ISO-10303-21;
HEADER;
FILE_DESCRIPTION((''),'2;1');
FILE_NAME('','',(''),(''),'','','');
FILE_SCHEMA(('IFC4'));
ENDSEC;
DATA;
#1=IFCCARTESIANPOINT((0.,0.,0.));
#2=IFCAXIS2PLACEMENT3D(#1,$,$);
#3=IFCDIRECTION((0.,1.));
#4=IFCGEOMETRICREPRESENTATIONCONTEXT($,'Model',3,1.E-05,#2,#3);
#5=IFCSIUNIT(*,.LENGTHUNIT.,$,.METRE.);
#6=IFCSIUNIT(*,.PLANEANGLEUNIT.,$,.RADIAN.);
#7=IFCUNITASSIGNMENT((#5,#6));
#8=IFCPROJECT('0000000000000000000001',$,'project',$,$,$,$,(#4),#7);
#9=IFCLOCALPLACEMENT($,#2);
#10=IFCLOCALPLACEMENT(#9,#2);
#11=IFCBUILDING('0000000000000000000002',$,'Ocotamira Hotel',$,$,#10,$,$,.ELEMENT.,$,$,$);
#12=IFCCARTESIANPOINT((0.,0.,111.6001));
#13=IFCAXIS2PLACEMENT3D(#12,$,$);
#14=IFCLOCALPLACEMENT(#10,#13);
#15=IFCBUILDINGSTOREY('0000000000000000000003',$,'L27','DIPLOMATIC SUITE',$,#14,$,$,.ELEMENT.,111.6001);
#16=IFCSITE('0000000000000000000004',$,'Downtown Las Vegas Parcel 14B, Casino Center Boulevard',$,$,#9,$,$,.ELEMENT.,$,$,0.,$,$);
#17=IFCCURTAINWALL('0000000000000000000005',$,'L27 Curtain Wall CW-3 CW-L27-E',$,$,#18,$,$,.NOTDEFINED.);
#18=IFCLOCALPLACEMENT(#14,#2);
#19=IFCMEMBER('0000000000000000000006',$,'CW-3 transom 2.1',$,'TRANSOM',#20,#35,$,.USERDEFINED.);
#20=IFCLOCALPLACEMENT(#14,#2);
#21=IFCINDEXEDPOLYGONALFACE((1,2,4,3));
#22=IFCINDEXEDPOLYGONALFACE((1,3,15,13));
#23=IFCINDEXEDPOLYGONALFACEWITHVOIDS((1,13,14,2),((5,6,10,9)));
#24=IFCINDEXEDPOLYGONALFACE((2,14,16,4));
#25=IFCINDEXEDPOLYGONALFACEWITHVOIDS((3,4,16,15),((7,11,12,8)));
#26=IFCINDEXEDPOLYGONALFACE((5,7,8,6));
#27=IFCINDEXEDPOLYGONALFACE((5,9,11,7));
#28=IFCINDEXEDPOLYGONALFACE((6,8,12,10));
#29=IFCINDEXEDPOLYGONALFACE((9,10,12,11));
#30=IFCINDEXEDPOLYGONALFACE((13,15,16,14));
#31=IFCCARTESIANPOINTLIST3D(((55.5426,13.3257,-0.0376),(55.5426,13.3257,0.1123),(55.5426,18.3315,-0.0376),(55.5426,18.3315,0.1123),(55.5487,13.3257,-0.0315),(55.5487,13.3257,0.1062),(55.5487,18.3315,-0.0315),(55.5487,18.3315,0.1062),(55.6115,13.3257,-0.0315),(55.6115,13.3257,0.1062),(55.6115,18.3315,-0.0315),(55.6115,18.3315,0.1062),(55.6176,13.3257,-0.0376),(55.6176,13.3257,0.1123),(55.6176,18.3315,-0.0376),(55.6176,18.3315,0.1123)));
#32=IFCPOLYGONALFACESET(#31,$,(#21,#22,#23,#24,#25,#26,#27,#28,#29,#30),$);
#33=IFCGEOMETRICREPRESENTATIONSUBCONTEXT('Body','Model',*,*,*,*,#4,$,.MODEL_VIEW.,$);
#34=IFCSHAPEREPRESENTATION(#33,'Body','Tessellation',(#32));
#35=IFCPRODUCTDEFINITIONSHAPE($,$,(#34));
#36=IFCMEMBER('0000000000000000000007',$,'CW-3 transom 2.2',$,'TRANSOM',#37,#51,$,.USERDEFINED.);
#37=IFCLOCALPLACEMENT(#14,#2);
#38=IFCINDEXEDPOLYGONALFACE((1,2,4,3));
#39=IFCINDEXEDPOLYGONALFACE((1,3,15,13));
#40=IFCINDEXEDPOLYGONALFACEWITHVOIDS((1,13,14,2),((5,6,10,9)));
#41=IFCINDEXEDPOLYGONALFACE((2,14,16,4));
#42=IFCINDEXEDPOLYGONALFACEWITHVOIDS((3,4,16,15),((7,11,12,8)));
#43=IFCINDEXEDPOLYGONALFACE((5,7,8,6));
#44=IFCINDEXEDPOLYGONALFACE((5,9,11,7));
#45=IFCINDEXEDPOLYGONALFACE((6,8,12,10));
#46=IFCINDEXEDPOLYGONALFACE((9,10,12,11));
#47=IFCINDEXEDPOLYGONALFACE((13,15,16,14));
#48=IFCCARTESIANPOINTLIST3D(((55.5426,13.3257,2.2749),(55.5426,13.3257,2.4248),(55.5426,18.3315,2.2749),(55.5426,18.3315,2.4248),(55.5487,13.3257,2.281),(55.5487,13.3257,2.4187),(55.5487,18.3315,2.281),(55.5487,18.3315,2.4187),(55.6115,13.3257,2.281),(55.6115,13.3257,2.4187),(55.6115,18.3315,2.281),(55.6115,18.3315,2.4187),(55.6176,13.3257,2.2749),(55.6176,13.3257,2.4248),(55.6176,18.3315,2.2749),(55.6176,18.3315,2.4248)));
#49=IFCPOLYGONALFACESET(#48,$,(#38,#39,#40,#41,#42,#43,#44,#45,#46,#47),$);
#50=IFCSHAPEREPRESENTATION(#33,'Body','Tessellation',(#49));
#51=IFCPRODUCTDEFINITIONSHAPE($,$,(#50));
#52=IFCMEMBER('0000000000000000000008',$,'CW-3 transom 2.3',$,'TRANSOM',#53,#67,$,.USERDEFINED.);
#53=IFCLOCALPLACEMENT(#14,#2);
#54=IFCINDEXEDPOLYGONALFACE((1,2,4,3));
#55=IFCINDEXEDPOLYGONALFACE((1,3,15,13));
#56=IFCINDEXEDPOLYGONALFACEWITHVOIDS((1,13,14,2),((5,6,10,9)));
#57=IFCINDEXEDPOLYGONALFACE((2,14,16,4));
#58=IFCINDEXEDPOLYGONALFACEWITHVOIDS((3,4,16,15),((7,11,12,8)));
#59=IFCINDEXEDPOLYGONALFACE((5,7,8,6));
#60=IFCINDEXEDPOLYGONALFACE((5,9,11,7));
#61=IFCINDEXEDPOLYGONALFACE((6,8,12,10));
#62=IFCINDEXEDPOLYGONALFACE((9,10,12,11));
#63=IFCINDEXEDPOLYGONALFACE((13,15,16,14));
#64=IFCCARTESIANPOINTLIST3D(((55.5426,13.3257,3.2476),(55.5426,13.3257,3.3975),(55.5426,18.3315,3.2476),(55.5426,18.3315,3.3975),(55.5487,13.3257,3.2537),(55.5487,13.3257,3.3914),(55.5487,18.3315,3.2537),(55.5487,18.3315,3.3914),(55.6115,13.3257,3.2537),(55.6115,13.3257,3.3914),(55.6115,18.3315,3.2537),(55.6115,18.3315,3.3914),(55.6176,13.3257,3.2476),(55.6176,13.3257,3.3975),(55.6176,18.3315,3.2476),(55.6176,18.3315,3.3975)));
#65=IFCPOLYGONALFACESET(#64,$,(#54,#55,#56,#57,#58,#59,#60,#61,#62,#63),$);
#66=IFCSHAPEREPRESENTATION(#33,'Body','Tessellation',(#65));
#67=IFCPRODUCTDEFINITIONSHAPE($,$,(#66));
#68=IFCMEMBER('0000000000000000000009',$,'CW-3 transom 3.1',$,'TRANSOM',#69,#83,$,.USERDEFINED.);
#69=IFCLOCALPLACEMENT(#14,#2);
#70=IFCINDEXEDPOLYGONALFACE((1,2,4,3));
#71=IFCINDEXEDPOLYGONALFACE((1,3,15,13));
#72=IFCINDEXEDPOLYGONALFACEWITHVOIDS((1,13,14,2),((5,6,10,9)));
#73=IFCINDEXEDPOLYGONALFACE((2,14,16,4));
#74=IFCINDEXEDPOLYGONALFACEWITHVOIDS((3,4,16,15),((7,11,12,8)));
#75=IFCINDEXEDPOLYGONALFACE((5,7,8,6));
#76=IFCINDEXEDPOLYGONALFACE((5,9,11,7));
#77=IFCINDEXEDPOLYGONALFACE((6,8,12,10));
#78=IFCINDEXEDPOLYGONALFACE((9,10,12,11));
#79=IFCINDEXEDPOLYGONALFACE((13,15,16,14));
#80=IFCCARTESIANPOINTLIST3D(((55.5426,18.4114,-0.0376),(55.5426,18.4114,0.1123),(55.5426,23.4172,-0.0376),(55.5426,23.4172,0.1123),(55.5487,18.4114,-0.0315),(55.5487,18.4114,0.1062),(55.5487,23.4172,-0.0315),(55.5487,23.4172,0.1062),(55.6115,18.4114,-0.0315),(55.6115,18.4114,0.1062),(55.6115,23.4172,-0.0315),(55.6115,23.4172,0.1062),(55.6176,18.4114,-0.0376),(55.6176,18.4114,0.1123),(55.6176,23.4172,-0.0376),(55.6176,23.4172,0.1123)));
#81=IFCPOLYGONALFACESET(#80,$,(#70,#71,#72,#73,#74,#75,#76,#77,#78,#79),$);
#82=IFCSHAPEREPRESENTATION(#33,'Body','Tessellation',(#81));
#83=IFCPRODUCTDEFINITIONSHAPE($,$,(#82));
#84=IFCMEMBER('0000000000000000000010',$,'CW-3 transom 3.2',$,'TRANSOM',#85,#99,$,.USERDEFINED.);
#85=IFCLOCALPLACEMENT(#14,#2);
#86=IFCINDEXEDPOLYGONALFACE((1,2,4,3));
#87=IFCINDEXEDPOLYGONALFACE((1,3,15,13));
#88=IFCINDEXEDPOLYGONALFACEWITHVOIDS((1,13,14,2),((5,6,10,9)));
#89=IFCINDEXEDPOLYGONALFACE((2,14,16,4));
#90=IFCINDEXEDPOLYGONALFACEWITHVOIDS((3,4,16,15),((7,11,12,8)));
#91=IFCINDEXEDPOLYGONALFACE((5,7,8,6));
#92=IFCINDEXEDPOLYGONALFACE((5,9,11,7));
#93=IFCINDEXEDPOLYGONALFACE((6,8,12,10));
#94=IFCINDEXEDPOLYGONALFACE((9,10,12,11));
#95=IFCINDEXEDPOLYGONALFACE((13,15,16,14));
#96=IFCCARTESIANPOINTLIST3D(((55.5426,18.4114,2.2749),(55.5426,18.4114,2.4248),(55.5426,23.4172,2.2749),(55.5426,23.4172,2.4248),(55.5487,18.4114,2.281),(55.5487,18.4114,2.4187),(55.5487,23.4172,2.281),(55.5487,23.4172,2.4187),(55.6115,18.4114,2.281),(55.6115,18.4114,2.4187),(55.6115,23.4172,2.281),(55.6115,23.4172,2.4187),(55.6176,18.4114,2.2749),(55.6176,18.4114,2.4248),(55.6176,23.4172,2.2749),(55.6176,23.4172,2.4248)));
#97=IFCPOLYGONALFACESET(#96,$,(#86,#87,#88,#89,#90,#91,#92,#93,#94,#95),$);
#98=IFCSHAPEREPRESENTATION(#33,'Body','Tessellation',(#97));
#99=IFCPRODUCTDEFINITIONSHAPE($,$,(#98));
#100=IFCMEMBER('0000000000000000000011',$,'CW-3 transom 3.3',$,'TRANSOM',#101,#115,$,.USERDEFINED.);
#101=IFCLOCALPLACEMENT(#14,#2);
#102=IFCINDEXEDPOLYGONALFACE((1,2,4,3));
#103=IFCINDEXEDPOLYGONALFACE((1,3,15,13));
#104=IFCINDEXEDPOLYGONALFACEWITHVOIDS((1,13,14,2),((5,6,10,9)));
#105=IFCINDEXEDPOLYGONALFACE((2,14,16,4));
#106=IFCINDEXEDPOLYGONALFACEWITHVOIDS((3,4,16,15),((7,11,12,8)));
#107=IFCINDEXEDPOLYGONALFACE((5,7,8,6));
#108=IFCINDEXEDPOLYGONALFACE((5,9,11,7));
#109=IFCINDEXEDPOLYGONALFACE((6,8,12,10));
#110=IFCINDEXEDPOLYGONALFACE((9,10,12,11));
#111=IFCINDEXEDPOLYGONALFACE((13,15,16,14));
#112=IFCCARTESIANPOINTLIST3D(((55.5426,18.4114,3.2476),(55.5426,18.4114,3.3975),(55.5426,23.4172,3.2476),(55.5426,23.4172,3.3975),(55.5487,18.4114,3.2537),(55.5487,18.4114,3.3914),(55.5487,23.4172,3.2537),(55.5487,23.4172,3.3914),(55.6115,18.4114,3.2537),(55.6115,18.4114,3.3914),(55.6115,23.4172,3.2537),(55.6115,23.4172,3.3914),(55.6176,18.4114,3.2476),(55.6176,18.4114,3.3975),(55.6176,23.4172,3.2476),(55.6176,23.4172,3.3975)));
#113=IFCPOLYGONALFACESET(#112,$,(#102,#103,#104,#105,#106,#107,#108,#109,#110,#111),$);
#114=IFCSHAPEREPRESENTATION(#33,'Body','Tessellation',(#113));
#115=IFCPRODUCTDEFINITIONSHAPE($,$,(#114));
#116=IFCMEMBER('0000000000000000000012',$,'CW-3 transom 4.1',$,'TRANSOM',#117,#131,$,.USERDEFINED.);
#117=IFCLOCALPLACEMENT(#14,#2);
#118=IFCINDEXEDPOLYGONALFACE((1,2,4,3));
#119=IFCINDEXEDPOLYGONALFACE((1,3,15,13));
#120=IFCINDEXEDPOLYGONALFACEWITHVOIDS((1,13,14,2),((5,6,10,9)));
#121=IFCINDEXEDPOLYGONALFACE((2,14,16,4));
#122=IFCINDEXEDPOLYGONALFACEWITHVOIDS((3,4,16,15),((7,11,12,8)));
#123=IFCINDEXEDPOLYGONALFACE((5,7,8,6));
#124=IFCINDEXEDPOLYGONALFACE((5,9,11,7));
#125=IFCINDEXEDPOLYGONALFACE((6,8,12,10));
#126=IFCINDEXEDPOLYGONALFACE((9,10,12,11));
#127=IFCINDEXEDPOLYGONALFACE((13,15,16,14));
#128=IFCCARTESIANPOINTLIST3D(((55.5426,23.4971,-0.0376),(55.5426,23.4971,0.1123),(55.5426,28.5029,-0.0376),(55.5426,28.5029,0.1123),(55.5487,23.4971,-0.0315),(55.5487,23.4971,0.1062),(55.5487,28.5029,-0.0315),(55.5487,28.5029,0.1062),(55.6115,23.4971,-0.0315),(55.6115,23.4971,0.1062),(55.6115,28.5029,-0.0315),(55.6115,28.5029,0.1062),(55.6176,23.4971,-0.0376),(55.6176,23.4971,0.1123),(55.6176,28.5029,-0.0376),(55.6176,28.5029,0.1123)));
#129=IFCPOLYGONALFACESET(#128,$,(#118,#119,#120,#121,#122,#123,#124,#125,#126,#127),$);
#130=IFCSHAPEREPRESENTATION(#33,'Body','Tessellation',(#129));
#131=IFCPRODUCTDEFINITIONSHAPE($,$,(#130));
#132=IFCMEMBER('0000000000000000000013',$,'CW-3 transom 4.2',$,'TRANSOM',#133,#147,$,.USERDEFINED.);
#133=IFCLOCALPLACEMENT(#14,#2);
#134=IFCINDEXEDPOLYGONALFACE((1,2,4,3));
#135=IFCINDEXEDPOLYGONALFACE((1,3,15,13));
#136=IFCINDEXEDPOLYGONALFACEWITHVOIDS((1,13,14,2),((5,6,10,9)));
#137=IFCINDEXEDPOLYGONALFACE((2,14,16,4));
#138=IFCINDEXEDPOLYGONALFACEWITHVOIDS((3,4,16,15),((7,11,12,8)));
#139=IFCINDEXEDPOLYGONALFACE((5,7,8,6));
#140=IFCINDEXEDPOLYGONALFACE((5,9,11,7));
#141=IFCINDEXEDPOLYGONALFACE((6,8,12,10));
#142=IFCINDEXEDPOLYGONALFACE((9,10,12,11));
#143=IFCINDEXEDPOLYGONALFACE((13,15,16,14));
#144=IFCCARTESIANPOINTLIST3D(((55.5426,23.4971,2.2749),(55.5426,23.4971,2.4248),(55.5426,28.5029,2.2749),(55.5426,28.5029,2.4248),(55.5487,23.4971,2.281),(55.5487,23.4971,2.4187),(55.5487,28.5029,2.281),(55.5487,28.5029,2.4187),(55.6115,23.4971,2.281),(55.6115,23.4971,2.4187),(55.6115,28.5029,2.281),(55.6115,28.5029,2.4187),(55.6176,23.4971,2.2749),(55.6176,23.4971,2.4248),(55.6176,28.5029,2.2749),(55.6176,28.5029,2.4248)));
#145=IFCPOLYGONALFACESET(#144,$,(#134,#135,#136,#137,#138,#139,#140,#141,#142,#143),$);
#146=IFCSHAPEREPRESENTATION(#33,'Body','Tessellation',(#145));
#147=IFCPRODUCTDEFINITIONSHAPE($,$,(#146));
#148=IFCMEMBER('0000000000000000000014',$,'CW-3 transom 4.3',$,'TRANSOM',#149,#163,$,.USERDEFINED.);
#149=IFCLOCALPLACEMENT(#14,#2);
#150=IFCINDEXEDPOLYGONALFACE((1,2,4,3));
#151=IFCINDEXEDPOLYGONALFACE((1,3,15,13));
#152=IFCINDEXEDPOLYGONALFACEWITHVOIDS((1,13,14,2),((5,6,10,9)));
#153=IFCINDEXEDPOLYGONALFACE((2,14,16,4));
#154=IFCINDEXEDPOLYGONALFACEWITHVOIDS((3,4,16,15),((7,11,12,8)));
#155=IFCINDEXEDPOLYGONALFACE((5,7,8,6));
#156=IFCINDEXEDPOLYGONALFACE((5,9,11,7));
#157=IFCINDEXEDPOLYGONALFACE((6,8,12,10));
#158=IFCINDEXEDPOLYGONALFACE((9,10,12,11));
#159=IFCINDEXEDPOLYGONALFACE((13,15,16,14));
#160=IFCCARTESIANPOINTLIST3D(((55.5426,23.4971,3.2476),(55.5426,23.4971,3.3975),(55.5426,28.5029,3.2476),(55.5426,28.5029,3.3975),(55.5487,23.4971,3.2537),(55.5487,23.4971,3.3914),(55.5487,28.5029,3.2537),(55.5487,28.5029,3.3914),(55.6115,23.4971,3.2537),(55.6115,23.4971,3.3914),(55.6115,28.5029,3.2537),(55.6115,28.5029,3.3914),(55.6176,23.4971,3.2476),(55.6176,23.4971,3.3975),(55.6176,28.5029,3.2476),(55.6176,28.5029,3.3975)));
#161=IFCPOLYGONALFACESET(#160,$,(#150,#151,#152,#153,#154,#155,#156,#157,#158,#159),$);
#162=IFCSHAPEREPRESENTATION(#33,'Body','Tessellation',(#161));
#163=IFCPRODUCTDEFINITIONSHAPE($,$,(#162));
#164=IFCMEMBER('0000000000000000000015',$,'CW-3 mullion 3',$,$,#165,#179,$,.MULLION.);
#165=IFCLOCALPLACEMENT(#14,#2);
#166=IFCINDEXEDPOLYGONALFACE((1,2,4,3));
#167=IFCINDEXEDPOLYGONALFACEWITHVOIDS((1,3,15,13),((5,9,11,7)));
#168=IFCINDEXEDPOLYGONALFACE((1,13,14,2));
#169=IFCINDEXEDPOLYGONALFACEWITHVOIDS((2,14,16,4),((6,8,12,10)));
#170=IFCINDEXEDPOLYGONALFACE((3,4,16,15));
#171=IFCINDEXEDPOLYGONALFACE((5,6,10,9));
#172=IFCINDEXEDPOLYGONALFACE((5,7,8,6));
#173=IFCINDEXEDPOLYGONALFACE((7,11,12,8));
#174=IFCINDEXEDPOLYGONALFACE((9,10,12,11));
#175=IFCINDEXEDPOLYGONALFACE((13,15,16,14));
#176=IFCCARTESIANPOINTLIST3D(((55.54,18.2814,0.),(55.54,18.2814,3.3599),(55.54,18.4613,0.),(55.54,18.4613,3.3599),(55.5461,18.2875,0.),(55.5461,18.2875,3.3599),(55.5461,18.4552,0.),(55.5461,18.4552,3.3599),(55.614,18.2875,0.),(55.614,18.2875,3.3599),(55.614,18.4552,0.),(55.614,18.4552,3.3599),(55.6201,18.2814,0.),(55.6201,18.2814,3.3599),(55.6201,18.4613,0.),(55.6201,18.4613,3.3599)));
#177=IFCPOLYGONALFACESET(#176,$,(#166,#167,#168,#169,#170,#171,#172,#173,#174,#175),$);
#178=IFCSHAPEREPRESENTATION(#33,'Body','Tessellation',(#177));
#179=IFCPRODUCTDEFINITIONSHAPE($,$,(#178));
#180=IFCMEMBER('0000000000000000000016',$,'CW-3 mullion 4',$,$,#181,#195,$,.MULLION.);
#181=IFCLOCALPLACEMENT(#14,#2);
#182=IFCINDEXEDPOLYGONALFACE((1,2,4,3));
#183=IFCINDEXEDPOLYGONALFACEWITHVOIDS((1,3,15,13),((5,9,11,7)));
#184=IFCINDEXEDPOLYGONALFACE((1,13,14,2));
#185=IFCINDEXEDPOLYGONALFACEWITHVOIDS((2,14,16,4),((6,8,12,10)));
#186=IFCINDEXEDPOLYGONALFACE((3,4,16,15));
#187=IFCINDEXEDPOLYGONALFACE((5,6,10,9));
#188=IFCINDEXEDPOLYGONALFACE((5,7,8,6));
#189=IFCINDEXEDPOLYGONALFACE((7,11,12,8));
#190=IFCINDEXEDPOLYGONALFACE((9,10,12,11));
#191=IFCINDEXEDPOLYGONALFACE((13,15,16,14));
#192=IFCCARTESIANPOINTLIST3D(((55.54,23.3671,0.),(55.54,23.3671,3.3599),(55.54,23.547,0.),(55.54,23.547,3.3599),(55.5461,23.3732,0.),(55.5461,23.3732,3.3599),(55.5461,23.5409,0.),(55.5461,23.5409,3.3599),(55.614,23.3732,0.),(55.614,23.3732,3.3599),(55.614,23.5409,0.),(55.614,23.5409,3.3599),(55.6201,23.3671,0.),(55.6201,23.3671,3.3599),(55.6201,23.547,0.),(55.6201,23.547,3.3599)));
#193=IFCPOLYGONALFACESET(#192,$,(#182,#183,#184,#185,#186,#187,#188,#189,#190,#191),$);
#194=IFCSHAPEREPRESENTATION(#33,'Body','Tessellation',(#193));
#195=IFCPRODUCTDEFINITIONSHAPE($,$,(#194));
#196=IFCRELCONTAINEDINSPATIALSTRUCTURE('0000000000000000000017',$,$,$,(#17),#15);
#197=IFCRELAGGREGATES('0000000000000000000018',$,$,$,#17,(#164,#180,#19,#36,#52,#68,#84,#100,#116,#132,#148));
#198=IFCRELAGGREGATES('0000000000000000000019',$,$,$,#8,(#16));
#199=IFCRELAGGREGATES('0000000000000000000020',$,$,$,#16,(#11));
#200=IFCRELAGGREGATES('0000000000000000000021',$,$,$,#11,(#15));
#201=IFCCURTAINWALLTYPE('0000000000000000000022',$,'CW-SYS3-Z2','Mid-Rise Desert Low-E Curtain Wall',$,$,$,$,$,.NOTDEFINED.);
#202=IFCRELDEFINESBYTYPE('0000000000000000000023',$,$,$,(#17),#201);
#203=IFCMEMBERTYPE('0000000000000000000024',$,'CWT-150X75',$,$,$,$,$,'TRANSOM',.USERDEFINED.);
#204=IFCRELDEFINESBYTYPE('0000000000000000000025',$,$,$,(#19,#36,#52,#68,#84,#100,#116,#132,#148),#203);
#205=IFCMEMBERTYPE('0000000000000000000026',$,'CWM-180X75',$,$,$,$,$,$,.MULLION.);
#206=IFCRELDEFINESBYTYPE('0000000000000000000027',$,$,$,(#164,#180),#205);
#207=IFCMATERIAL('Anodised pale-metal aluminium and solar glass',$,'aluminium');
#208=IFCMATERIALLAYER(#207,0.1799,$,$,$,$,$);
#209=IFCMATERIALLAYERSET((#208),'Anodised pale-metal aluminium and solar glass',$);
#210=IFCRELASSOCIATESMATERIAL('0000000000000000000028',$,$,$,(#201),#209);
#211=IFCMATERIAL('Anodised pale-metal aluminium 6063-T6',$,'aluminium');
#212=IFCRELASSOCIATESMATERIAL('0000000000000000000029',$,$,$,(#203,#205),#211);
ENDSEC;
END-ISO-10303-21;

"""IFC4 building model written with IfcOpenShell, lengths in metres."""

from ifc_helpers import new_model, si_unit, direction, frame, origin, origin_2d, place, context, subcontext, project, spatial, hollow_rectangle, extrude, source, transform, mapped, material, layer, layer_set, material_profile, profile_set, type_object, element, aggregate, save


model = new_model("IFC4")

# Units and contexts
model_context = context("Model", 3, precision=1e-05, world=origin(), true_north=direction((0.0, 1.0)))
body_context = subcontext(model_context, "Body", "Model", "MODEL_VIEW")
ifc_project = project(units=[si_unit("LENGTHUNIT", "METRE"), si_unit("PLANEANGLEUNIT", "RADIAN")], contexts=[model_context])

# Site, building, storey
site_placement = place(None, origin())
site = spatial("IfcSite", under=ifc_project, at=site_placement, Name="Downtown Las Vegas Parcel 14B, Casino Center Boulevard", CompositionType="ELEMENT", RefElevation=0.0)
building_placement = place(site_placement, origin())
building = spatial("IfcBuilding", under=site, at=building_placement, Name="Ocotamira Hotel", CompositionType="ELEMENT")
storey_placement = place(building_placement, frame((0.0, 0.0, 111.6001)))
storey = spatial("IfcBuildingStorey", under=building, at=storey_placement, Name="L27", Description="DIPLOMATIC SUITE", CompositionType="ELEMENT", Elevation=111.6001)

# Curtain wall, members
ifc_material_1 = material(Name="Anodised pale-metal aluminium and solar glass", Category="aluminium")
ifc_layer_1 = layer(ifc_material_1, 0.1799)
ifc_layer_set_1 = layer_set([ifc_layer_1], Name="Anodised pale-metal aluminium and solar glass")
curtain_wall_type = type_object("IfcCurtainWallType", Name="CW-SYS3-Z2", Description="Mid-Rise Desert Low-E Curtain Wall", PredefinedType="NOTDEFINED", material=ifc_layer_set_1)
curtain_wall_placement = place(storey_placement, origin())
curtain_wall = element("IfcCurtainWall", 1, at=curtain_wall_placement, inside=storey, type_object=curtain_wall_type, Name="L27 Curtain Wall CW-3 CW-L27-E", PredefinedType="NOTDEFINED")
ifc_material_2 = material(Name="Anodised pale-metal aluminium 6063-T6", Category="aluminium")
ifc_material_profile_1 = material_profile(ifc_material_2, hollow_rectangle(XDim=0.075, YDim=0.1499, WallThickness=0.0061, at=origin_2d()), Name="HSS150X75X6")
ifc_profile_set_1 = profile_set([ifc_material_profile_1], Name="Anodised pale-metal aluminium 6063-T6")
member_type_1 = type_object("IfcMemberType", Name="CWT-150X75", ElementType="TRANSOM", PredefinedType="USERDEFINED", material=ifc_profile_set_1)
shared_shape_1 = source(origin(), body_context, "Body", "SweptSolid", [
    extrude(hollow_rectangle(XDim=0.075, YDim=0.1499, WallThickness=0.0061, at=origin_2d()), origin(), (0.0, 0.0, 1.0), 5.0059),
])
member_1_placement = place(storey_placement, frame((55.5801, 13.3257, 0.0374), z_axis=(0.0, 1.0, 0.0), x_axis=(-1.0, 0.0, 0.0)))
member_1 = element("IfcMember", 2, at=member_1_placement, type_object=member_type_1, Name="CW-3 transom 2.1", ObjectType="TRANSOM", PredefinedType="USERDEFINED", context=body_context, shape_type="MappedRepresentation", body=[
    mapped(shared_shape_1, transform((0.0, 0.0, 0.0), scale=1.0)),
])
member_2_placement = place(storey_placement, frame((55.5801, 13.3257, 2.3499), z_axis=(0.0, 1.0, 0.0), x_axis=(-1.0, 0.0, 0.0)))
member_2 = element("IfcMember", 3, at=member_2_placement, type_object=member_type_1, Name="CW-3 transom 2.2", ObjectType="TRANSOM", PredefinedType="USERDEFINED", context=body_context, shape_type="MappedRepresentation", body=[
    mapped(shared_shape_1, transform((0.0, 0.0, 0.0), scale=1.0)),
])
member_3_placement = place(storey_placement, frame((55.5801, 13.3257, 3.3225), z_axis=(0.0, 1.0, 0.0), x_axis=(-1.0, 0.0, 0.0)))
member_3 = element("IfcMember", 4, at=member_3_placement, type_object=member_type_1, Name="CW-3 transom 2.3", ObjectType="TRANSOM", PredefinedType="USERDEFINED", context=body_context, shape_type="MappedRepresentation", body=[
    mapped(shared_shape_1, transform((0.0, 0.0, 0.0), scale=1.0)),
])
member_4_placement = place(storey_placement, frame((55.5801, 18.4114, 0.0374), z_axis=(0.0, 1.0, 0.0), x_axis=(-1.0, 0.0, 0.0)))
member_4 = element("IfcMember", 5, at=member_4_placement, type_object=member_type_1, Name="CW-3 transom 3.1", ObjectType="TRANSOM", PredefinedType="USERDEFINED", context=body_context, shape_type="MappedRepresentation", body=[
    mapped(shared_shape_1, transform((0.0, 0.0, 0.0), scale=1.0)),
])
member_5_placement = place(storey_placement, frame((55.5801, 18.4114, 2.3499), z_axis=(0.0, 1.0, 0.0), x_axis=(-1.0, 0.0, 0.0)))
member_5 = element("IfcMember", 6, at=member_5_placement, type_object=member_type_1, Name="CW-3 transom 3.2", ObjectType="TRANSOM", PredefinedType="USERDEFINED", context=body_context, shape_type="MappedRepresentation", body=[
    mapped(shared_shape_1, transform((0.0, 0.0, 0.0), scale=1.0)),
])
member_6_placement = place(storey_placement, frame((55.5801, 18.4114, 3.3225), z_axis=(0.0, 1.0, 0.0), x_axis=(-1.0, 0.0, 0.0)))
member_6 = element("IfcMember", 7, at=member_6_placement, type_object=member_type_1, Name="CW-3 transom 3.3", ObjectType="TRANSOM", PredefinedType="USERDEFINED", context=body_context, shape_type="MappedRepresentation", body=[
    mapped(shared_shape_1, transform((0.0, 0.0, 0.0), scale=1.0)),
])
member_7_placement = place(storey_placement, frame((55.5801, 23.4971, 0.0374), z_axis=(0.0, 1.0, 0.0), x_axis=(-1.0, 0.0, 0.0)))
member_7 = element("IfcMember", 8, at=member_7_placement, type_object=member_type_1, Name="CW-3 transom 4.1", ObjectType="TRANSOM", PredefinedType="USERDEFINED", context=body_context, shape_type="MappedRepresentation", body=[
    mapped(shared_shape_1, transform((0.0, 0.0, 0.0), scale=1.0)),
])
member_8_placement = place(storey_placement, frame((55.5801, 23.4971, 2.3499), z_axis=(0.0, 1.0, 0.0), x_axis=(-1.0, 0.0, 0.0)))
member_8 = element("IfcMember", 9, at=member_8_placement, type_object=member_type_1, Name="CW-3 transom 4.2", ObjectType="TRANSOM", PredefinedType="USERDEFINED", context=body_context, shape_type="MappedRepresentation", body=[
    mapped(shared_shape_1, transform((0.0, 0.0, 0.0), scale=1.0)),
])
member_9_placement = place(storey_placement, frame((55.5801, 23.4971, 3.3225), z_axis=(0.0, 1.0, 0.0), x_axis=(-1.0, 0.0, 0.0)))
member_9 = element("IfcMember", 10, at=member_9_placement, type_object=member_type_1, Name="CW-3 transom 4.3", ObjectType="TRANSOM", PredefinedType="USERDEFINED", context=body_context, shape_type="MappedRepresentation", body=[
    mapped(shared_shape_1, transform((0.0, 0.0, 0.0), scale=1.0)),
])
ifc_material_profile_2 = material_profile(ifc_material_2, hollow_rectangle(XDim=0.0801, YDim=0.1799, WallThickness=0.0061, at=origin_2d()), Name="HSS180X80X6")
ifc_profile_set_2 = profile_set([ifc_material_profile_2], Name="Anodised pale-metal aluminium 6063-T6")
member_type_2 = type_object("IfcMemberType", Name="CWM-180X75", PredefinedType="MULLION", material=ifc_profile_set_2)
shared_shape_2 = source(origin(), body_context, "Body", "SweptSolid", [
    extrude(hollow_rectangle(XDim=0.0801, YDim=0.1799, WallThickness=0.0061, at=origin_2d()), origin(), (0.0, 0.0, 1.0), 3.3599),
])
member_10_placement = place(storey_placement, frame((55.5801, 18.3713, 0.0), z_axis=(0.0, 0.0, 1.0), x_axis=(-1.0, 0.0, 0.0)))
member_10 = element("IfcMember", 11, at=member_10_placement, type_object=member_type_2, Name="CW-3 mullion 3", PredefinedType="MULLION", context=body_context, shape_type="MappedRepresentation", body=[
    mapped(shared_shape_2, transform((0.0, 0.0, 0.0), scale=1.0)),
])
member_11_placement = place(storey_placement, frame((55.5801, 23.457, 0.0), z_axis=(0.0, 0.0, 1.0), x_axis=(-1.0, 0.0, 0.0)))
member_11 = element("IfcMember", 12, at=member_11_placement, type_object=member_type_2, Name="CW-3 mullion 4", PredefinedType="MULLION", context=body_context, shape_type="MappedRepresentation", body=[
    mapped(shared_shape_2, transform((0.0, 0.0, 0.0), scale=1.0)),
])

aggregate(curtain_wall, [member_10, member_11, member_1, member_2, member_3, member_4, member_5, member_6, member_7, member_8, member_9])

save(model, "model.ifc")
